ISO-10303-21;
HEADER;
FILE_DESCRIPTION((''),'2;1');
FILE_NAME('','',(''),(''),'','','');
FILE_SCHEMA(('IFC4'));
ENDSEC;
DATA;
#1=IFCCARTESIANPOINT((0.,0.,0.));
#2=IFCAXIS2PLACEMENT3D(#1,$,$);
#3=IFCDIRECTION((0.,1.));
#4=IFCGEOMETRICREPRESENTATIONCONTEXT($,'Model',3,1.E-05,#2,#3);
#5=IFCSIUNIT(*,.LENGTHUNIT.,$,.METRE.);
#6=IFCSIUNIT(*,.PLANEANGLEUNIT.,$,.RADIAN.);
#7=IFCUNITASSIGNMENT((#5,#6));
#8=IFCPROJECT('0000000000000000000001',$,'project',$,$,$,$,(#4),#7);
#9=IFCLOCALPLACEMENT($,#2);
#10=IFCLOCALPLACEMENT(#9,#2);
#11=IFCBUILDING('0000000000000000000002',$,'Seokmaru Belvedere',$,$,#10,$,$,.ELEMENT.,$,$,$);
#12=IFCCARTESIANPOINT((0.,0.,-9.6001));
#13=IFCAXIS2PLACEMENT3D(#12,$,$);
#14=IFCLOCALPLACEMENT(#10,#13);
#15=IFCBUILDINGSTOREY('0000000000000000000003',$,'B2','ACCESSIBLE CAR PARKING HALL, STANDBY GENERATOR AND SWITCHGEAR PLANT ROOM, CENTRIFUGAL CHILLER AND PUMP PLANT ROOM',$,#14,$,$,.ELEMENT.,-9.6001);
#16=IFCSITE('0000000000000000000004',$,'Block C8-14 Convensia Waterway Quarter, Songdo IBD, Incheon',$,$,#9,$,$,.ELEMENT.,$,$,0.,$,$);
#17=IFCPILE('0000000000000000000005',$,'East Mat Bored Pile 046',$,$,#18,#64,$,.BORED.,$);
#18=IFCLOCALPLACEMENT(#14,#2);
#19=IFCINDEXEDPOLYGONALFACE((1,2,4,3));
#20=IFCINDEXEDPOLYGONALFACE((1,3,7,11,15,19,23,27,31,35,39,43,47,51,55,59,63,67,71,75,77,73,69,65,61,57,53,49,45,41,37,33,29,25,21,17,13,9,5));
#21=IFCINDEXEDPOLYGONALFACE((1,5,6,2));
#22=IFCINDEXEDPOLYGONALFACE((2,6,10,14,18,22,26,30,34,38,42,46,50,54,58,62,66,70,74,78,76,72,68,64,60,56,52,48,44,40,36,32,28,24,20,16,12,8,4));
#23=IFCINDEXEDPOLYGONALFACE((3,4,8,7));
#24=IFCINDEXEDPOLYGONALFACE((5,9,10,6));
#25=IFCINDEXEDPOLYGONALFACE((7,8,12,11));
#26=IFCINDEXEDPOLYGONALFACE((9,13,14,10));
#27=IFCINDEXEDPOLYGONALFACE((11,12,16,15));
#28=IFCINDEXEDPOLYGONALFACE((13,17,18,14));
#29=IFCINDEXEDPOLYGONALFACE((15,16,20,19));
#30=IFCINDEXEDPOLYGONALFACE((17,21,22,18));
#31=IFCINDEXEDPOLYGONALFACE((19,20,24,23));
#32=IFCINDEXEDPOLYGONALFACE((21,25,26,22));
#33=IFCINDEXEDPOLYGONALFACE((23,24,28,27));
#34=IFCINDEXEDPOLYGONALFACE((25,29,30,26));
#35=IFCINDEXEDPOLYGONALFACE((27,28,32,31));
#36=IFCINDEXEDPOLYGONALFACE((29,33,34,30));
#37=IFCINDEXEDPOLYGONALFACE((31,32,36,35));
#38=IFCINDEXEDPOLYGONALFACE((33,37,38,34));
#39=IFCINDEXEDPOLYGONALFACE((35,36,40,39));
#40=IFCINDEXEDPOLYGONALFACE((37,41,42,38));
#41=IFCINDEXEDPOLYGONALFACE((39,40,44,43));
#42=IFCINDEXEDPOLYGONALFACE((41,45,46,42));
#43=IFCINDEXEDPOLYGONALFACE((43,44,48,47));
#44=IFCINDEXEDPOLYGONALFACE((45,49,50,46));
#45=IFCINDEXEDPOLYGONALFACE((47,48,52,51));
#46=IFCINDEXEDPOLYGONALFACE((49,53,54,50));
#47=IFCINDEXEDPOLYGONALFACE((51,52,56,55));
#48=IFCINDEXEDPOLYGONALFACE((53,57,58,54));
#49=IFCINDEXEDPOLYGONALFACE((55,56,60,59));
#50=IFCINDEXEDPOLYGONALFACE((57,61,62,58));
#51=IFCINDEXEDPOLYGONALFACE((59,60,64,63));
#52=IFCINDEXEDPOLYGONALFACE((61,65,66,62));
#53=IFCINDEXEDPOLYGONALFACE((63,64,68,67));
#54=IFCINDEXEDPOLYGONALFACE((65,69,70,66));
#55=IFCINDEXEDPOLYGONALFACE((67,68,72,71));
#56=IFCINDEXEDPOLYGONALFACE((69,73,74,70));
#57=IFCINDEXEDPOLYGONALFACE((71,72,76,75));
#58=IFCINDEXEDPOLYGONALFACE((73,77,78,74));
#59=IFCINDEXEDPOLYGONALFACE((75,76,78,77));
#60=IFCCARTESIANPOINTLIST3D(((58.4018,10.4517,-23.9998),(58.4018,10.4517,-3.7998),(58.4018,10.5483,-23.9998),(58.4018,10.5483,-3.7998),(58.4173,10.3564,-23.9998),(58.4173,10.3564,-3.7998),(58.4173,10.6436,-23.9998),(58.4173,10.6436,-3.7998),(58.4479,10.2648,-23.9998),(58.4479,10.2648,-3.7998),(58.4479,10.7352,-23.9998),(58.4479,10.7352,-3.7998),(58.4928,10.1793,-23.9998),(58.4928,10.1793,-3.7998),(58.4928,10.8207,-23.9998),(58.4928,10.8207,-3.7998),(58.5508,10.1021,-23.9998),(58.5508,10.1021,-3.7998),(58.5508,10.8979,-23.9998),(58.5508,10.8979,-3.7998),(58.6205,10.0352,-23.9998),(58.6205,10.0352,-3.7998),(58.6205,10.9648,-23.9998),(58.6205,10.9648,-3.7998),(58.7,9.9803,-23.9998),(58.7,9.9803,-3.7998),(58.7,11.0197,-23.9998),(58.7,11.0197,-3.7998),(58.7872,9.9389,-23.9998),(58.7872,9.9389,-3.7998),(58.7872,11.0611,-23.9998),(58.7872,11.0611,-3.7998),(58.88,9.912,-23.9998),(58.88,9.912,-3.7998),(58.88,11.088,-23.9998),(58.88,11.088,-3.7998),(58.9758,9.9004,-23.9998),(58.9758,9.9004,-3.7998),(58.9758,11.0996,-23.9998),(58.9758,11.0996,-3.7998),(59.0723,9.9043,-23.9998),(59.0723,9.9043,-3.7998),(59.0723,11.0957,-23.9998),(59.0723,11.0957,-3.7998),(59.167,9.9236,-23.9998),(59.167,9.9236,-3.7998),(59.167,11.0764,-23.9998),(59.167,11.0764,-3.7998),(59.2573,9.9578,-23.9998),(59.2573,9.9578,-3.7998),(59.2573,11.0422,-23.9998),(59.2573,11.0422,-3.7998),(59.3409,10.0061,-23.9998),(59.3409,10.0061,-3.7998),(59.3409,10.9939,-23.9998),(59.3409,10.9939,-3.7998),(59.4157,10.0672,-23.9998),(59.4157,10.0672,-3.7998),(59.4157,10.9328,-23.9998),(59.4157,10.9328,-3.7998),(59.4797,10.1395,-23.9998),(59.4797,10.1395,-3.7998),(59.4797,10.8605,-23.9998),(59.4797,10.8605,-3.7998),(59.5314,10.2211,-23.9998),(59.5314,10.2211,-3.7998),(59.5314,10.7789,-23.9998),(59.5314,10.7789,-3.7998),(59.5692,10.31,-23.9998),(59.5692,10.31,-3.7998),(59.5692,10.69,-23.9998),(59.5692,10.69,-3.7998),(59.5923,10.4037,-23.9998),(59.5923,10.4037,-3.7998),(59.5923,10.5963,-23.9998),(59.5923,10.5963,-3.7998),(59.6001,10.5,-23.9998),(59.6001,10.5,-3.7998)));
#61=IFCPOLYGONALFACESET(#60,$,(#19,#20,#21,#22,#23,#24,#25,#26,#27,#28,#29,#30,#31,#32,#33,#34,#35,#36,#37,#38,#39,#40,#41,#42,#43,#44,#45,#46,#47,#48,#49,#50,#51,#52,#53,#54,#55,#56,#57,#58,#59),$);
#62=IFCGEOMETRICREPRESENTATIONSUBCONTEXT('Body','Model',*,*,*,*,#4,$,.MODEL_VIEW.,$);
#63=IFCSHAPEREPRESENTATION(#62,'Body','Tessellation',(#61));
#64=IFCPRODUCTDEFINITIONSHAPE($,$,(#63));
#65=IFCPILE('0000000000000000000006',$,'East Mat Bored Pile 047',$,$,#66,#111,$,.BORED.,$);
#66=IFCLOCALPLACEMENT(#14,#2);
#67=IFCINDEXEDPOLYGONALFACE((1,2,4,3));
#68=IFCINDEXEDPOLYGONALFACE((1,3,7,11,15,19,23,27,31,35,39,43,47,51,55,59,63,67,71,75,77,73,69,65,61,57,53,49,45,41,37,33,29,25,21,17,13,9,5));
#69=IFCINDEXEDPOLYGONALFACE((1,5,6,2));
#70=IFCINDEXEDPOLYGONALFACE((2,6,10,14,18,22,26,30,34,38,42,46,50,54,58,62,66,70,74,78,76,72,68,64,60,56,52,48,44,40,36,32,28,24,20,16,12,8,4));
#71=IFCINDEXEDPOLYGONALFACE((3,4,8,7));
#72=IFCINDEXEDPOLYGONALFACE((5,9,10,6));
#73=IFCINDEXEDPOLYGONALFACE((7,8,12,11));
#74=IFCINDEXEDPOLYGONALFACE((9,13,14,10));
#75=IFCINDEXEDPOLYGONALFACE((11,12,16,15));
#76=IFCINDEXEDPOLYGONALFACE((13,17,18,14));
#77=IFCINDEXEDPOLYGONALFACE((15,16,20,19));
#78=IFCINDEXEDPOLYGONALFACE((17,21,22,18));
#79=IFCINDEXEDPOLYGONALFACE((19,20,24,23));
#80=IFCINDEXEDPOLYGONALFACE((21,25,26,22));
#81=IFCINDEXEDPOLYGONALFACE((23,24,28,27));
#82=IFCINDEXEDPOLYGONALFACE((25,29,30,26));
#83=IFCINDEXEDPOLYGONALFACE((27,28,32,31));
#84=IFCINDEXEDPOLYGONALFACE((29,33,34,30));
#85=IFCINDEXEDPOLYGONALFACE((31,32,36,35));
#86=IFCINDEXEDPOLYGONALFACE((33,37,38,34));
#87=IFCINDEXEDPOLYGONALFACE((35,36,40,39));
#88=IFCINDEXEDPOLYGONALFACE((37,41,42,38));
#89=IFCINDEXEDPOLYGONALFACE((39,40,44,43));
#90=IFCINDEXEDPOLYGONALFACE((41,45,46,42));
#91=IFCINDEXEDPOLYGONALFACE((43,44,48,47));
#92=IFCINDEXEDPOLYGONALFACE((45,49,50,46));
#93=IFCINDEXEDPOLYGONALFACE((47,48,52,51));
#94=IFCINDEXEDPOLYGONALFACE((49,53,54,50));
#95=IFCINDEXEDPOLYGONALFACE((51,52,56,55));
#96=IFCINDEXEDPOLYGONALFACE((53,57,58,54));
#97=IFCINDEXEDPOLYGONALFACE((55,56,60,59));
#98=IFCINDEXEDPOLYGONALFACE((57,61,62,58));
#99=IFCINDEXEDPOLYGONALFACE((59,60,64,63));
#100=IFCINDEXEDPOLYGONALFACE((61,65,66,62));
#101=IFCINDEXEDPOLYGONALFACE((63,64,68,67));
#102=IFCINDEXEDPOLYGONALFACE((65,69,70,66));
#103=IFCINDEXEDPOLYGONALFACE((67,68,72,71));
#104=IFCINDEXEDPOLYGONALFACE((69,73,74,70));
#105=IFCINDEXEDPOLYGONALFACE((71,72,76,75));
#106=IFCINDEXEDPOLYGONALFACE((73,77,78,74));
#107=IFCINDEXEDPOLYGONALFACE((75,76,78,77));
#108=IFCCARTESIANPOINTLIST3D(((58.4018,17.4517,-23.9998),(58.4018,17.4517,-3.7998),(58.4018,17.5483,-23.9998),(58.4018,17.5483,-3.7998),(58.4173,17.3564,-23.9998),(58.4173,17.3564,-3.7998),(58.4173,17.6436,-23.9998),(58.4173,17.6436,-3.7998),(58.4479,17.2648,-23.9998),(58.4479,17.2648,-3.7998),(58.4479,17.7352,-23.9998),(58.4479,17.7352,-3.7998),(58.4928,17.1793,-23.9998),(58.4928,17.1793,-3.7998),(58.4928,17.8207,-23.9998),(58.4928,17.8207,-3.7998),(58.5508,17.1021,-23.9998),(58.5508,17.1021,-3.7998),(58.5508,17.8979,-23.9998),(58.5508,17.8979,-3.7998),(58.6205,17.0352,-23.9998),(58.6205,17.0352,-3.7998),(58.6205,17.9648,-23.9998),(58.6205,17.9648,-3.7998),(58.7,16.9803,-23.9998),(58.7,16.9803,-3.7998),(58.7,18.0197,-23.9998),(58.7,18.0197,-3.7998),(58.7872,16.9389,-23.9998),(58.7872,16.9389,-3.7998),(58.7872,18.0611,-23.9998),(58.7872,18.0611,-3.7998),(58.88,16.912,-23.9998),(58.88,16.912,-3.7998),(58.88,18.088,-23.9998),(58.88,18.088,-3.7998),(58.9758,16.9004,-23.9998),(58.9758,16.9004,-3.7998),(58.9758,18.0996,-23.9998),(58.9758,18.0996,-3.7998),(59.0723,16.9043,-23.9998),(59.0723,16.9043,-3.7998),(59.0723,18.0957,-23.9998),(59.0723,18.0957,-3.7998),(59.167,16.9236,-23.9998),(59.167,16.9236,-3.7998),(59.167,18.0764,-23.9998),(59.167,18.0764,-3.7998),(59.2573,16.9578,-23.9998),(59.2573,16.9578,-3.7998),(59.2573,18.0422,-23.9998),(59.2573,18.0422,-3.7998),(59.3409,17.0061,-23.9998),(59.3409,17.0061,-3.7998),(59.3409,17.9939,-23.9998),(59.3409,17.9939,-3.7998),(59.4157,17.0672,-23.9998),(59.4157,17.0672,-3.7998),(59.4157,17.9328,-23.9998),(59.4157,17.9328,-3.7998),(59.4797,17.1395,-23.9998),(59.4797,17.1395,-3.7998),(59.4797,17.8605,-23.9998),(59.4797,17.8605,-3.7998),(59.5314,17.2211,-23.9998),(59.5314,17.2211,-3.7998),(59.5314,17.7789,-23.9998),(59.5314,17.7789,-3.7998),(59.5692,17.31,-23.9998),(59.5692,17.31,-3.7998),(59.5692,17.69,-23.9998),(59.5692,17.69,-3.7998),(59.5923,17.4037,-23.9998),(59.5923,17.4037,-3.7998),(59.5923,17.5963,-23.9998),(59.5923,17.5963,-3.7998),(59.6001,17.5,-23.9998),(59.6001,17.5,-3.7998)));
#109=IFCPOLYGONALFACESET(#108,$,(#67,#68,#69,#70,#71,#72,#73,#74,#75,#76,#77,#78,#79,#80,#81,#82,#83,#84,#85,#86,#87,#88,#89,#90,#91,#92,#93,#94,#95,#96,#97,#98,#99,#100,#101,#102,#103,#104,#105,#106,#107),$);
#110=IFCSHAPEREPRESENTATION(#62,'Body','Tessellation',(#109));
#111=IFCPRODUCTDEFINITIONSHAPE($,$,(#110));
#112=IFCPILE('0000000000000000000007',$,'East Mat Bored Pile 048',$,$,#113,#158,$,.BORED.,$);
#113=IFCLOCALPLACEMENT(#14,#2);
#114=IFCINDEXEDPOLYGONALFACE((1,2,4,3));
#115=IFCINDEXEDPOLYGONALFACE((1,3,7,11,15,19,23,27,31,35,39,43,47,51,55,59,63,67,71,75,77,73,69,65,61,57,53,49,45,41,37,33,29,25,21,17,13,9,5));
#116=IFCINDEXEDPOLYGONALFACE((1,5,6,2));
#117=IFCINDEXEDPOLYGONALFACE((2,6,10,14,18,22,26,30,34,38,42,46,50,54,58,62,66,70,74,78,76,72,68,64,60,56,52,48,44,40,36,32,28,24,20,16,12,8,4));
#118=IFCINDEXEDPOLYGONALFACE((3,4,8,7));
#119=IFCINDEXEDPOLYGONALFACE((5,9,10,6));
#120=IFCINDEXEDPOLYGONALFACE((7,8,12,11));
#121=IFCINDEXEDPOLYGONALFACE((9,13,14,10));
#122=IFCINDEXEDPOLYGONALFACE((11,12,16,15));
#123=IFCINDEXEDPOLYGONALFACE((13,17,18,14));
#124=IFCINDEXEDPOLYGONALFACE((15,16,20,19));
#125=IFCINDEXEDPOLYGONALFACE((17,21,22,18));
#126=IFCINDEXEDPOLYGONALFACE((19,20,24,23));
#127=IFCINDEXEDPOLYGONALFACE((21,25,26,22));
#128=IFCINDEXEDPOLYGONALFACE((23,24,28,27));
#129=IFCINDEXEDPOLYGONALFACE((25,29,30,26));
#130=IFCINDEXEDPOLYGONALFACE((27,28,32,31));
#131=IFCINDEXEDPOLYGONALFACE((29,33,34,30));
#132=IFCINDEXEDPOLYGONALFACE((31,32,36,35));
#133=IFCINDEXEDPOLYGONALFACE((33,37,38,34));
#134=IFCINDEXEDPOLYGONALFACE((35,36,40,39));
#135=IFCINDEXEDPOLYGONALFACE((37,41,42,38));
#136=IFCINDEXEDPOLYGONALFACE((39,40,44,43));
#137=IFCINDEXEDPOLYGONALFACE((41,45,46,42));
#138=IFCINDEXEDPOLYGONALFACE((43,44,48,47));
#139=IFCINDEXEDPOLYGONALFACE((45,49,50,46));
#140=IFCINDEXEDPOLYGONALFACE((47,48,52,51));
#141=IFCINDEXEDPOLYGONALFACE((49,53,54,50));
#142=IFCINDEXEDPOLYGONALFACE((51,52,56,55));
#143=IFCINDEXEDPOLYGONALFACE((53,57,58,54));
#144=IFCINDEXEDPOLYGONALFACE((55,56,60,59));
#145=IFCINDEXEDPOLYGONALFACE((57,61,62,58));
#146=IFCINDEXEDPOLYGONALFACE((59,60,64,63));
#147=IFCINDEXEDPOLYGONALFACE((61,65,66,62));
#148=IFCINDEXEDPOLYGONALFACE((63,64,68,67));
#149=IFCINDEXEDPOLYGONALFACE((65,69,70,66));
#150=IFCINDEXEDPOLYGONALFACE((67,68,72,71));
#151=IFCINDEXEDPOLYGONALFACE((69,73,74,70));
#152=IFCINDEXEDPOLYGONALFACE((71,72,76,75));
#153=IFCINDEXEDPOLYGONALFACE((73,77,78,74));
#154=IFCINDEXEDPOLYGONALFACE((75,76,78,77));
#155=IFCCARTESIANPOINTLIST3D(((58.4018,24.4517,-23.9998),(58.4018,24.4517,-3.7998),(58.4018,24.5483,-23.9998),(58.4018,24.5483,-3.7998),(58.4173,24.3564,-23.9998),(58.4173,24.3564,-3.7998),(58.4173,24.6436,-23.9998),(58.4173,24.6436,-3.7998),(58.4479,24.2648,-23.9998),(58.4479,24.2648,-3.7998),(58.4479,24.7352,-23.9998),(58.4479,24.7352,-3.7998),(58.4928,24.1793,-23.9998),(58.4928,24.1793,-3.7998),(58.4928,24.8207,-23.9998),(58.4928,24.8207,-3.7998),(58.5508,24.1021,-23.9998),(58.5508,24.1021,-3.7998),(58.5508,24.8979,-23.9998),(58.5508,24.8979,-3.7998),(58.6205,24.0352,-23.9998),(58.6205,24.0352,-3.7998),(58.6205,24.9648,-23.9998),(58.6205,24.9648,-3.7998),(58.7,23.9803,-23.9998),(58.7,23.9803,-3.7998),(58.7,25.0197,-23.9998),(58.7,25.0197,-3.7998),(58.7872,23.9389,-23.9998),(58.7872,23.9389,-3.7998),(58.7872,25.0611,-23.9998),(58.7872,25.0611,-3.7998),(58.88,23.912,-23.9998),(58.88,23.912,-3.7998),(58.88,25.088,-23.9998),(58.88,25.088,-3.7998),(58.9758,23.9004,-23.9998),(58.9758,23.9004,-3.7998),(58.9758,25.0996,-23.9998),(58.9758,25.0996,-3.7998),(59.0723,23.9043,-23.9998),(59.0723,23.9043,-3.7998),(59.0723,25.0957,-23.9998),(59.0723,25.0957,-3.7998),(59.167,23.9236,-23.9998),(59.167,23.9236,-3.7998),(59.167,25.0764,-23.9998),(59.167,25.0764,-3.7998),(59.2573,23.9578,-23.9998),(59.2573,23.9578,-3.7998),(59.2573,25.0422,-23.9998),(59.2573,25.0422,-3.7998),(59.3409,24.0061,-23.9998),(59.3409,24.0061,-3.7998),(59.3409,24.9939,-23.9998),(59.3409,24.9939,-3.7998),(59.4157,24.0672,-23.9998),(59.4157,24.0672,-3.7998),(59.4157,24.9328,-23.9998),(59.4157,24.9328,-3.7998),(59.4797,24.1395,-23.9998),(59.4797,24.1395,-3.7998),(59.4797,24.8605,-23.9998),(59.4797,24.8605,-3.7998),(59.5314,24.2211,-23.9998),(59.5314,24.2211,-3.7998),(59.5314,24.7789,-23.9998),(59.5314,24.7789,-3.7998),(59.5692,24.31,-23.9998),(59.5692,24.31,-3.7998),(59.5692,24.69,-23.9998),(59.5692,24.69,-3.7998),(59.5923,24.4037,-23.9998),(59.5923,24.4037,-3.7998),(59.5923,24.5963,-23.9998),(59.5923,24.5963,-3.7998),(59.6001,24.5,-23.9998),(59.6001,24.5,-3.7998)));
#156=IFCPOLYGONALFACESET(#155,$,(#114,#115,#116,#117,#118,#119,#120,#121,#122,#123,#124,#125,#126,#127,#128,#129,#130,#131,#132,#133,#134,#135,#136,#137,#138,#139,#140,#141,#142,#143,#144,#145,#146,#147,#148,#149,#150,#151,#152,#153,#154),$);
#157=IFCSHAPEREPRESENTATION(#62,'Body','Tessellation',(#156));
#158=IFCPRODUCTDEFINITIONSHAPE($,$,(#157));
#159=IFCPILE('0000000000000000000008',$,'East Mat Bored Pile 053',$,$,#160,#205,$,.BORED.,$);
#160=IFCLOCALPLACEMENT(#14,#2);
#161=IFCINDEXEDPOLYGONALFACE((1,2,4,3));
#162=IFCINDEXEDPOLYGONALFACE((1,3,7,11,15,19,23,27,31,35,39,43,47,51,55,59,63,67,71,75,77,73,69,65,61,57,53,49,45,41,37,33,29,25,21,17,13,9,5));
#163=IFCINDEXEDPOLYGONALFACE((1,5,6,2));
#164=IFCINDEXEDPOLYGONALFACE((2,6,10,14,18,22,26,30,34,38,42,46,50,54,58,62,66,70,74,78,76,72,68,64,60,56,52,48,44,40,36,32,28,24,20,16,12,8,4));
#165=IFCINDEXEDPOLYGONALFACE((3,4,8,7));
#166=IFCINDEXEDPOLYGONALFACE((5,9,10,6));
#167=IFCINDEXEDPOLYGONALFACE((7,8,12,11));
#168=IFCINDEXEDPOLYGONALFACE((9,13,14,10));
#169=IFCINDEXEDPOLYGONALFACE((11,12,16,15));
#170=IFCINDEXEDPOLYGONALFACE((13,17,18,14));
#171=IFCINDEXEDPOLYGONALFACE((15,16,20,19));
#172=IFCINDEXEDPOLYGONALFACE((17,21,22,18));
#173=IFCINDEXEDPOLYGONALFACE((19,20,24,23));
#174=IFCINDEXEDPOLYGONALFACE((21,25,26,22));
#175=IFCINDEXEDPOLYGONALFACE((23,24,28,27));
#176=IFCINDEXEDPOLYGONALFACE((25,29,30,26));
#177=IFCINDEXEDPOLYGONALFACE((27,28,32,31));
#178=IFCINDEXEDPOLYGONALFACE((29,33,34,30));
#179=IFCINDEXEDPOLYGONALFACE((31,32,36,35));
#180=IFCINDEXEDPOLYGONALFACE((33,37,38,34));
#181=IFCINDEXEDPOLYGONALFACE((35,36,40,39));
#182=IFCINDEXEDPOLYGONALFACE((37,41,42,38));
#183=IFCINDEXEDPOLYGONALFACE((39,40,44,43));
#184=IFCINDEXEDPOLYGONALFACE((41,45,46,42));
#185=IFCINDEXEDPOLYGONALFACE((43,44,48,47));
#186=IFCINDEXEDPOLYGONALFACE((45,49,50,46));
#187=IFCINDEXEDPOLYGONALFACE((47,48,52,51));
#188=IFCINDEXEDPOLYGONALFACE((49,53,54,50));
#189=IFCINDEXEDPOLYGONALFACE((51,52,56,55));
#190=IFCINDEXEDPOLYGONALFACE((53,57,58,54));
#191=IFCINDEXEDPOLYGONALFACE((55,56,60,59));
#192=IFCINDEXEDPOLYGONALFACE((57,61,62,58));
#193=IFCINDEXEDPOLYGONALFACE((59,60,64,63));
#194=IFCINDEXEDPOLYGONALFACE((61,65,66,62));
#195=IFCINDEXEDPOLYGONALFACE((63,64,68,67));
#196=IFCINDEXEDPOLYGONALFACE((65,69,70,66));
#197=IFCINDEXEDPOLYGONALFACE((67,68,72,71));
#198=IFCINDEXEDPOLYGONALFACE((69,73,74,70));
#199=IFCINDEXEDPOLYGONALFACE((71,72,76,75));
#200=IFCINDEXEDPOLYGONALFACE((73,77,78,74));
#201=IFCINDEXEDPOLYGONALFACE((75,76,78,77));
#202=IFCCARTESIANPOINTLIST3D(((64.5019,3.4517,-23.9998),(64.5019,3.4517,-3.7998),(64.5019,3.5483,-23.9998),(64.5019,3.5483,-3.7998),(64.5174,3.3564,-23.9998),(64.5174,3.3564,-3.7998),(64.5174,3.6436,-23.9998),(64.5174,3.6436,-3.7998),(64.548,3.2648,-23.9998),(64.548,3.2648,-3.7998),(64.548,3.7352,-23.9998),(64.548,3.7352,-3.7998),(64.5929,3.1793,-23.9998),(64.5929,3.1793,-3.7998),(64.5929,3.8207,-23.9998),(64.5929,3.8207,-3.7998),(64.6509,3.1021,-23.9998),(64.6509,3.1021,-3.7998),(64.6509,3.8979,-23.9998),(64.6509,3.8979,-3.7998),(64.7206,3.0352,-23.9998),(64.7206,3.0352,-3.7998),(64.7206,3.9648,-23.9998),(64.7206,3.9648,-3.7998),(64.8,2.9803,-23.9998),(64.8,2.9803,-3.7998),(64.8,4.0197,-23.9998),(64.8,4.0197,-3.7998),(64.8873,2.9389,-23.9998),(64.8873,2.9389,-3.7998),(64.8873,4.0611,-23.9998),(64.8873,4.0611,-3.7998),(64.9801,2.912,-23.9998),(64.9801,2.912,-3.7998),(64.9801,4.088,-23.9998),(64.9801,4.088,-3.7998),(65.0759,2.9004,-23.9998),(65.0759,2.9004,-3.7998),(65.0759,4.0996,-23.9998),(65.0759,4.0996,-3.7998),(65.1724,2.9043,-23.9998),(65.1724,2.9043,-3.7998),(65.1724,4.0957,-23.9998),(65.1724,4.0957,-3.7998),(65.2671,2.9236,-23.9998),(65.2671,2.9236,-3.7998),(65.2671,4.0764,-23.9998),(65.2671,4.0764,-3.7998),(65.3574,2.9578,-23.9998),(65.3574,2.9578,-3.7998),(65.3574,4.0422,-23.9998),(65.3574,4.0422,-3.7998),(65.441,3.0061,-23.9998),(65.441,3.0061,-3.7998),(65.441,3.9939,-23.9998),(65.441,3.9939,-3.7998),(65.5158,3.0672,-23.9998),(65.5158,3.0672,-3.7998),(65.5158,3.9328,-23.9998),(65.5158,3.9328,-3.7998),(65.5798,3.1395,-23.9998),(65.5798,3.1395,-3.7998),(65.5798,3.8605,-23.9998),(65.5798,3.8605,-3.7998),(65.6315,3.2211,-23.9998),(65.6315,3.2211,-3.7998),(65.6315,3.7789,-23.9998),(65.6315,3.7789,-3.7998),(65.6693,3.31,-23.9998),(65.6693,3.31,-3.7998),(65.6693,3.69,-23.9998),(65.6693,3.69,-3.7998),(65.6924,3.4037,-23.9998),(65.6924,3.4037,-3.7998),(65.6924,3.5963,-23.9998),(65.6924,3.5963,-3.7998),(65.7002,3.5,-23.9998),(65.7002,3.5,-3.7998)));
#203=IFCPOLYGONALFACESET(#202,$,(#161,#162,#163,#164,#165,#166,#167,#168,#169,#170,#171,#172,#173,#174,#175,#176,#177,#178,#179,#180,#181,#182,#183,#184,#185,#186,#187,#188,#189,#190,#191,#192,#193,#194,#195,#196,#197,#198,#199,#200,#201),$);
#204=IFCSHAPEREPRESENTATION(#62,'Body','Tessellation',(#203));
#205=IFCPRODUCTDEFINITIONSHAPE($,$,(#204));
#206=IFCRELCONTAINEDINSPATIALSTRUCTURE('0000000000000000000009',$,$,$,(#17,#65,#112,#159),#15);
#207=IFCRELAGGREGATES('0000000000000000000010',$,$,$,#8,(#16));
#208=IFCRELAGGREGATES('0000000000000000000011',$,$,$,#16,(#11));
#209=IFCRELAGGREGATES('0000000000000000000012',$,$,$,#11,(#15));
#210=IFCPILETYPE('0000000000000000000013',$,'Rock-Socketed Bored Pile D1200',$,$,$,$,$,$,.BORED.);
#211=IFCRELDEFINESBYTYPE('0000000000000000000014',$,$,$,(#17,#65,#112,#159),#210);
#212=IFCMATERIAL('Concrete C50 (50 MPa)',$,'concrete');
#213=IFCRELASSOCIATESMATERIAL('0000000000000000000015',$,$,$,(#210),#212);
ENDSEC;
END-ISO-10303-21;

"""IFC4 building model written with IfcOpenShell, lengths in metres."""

from ifc_helpers import new_model, si_unit, direction, frame, origin, origin_2d, place, context, subcontext, project, spatial, circle, extrude, source, transform, mapped, material, material_profile, profile_set, type_object, type_shapes, element, save


model = new_model("IFC4")

# Units and contexts
model_context = context("Model", 3, precision=1e-05, world=origin(), true_north=direction((0.0, 1.0)))
body_context = subcontext(model_context, "Body", "Model", "MODEL_VIEW")
ifc_project = project(units=[si_unit("LENGTHUNIT", "METRE"), si_unit("PLANEANGLEUNIT", "RADIAN")], contexts=[model_context])

# Site, building, storey
site_placement = place(None, origin())
site = spatial("IfcSite", under=ifc_project, at=site_placement, Name="Block C8-14 Convensia Waterway Quarter, Songdo IBD, Incheon", CompositionType="ELEMENT", RefElevation=0.0)
building_placement = place(site_placement, origin())
building = spatial("IfcBuilding", under=site, at=building_placement, Name="Seokmaru Belvedere", CompositionType="ELEMENT")
storey_placement = place(building_placement, frame((0.0, 0.0, -9.6001)))
storey = spatial("IfcBuildingStorey", under=building, at=storey_placement, Name="B2", Description="ACCESSIBLE CAR PARKING HALL, STANDBY GENERATOR AND SWITCHGEAR PLANT ROOM, CENTRIFUGAL CHILLER AND PUMP PLANT ROOM", CompositionType="ELEMENT", Elevation=-9.6001)

# Piles
ifc_material_1 = material(Name="Concrete C50 (50 MPa)", Category="concrete")
ifc_material_profile_1 = material_profile(ifc_material_1, circle(Radius=0.6001, at=origin_2d()), Name="PILE-D1200")
ifc_profile_set_1 = profile_set([ifc_material_profile_1], Name="Concrete C50 (50 MPa)")
pile_type_1 = type_object("IfcPileType", Name="Rock-Socketed Bored Pile D1200", PredefinedType="BORED", material=ifc_profile_set_1)
shared_shape_1 = source(origin(), body_context, "Body", "SweptSolid", [
    extrude(circle(Radius=0.6001, at=origin_2d()), origin(), (0.0, 0.0, 1.0), 20.2),
])
type_shapes(pile_type_1, [shared_shape_1])
for number, where, z_axis, x_axis, name in (
    (1, (59.0, 10.5, -3.7998), (0.0, 0.0, -1.0), (1.0, 0.0, 0.0), "East Mat Bored Pile 046"),
    (2, (59.0, 17.5, -3.7998), (0.0, 0.0, -1.0), (1.0, 0.0, 0.0), "East Mat Bored Pile 047"),
    (3, (59.0, 24.5, -3.7998), (0.0, 0.0, -1.0), (1.0, 0.0, 0.0), "East Mat Bored Pile 048"),
    (4, (65.1001, 3.5, -3.7998), (0.0, 0.0, -1.0), (1.0, 0.0, 0.0), "East Mat Bored Pile 053"),
):
    element("IfcPile", number, at=place(storey_placement, frame(where, z_axis=z_axis, x_axis=x_axis)), inside=storey, type_object=pile_type_1, Name=name, PredefinedType="BORED", context=body_context, shape_type="MappedRepresentation", body=[
        mapped(shared_shape_1, transform((0.0, 0.0, 0.0), scale=1.0)),
    ])

save(model, "model.ifc")
